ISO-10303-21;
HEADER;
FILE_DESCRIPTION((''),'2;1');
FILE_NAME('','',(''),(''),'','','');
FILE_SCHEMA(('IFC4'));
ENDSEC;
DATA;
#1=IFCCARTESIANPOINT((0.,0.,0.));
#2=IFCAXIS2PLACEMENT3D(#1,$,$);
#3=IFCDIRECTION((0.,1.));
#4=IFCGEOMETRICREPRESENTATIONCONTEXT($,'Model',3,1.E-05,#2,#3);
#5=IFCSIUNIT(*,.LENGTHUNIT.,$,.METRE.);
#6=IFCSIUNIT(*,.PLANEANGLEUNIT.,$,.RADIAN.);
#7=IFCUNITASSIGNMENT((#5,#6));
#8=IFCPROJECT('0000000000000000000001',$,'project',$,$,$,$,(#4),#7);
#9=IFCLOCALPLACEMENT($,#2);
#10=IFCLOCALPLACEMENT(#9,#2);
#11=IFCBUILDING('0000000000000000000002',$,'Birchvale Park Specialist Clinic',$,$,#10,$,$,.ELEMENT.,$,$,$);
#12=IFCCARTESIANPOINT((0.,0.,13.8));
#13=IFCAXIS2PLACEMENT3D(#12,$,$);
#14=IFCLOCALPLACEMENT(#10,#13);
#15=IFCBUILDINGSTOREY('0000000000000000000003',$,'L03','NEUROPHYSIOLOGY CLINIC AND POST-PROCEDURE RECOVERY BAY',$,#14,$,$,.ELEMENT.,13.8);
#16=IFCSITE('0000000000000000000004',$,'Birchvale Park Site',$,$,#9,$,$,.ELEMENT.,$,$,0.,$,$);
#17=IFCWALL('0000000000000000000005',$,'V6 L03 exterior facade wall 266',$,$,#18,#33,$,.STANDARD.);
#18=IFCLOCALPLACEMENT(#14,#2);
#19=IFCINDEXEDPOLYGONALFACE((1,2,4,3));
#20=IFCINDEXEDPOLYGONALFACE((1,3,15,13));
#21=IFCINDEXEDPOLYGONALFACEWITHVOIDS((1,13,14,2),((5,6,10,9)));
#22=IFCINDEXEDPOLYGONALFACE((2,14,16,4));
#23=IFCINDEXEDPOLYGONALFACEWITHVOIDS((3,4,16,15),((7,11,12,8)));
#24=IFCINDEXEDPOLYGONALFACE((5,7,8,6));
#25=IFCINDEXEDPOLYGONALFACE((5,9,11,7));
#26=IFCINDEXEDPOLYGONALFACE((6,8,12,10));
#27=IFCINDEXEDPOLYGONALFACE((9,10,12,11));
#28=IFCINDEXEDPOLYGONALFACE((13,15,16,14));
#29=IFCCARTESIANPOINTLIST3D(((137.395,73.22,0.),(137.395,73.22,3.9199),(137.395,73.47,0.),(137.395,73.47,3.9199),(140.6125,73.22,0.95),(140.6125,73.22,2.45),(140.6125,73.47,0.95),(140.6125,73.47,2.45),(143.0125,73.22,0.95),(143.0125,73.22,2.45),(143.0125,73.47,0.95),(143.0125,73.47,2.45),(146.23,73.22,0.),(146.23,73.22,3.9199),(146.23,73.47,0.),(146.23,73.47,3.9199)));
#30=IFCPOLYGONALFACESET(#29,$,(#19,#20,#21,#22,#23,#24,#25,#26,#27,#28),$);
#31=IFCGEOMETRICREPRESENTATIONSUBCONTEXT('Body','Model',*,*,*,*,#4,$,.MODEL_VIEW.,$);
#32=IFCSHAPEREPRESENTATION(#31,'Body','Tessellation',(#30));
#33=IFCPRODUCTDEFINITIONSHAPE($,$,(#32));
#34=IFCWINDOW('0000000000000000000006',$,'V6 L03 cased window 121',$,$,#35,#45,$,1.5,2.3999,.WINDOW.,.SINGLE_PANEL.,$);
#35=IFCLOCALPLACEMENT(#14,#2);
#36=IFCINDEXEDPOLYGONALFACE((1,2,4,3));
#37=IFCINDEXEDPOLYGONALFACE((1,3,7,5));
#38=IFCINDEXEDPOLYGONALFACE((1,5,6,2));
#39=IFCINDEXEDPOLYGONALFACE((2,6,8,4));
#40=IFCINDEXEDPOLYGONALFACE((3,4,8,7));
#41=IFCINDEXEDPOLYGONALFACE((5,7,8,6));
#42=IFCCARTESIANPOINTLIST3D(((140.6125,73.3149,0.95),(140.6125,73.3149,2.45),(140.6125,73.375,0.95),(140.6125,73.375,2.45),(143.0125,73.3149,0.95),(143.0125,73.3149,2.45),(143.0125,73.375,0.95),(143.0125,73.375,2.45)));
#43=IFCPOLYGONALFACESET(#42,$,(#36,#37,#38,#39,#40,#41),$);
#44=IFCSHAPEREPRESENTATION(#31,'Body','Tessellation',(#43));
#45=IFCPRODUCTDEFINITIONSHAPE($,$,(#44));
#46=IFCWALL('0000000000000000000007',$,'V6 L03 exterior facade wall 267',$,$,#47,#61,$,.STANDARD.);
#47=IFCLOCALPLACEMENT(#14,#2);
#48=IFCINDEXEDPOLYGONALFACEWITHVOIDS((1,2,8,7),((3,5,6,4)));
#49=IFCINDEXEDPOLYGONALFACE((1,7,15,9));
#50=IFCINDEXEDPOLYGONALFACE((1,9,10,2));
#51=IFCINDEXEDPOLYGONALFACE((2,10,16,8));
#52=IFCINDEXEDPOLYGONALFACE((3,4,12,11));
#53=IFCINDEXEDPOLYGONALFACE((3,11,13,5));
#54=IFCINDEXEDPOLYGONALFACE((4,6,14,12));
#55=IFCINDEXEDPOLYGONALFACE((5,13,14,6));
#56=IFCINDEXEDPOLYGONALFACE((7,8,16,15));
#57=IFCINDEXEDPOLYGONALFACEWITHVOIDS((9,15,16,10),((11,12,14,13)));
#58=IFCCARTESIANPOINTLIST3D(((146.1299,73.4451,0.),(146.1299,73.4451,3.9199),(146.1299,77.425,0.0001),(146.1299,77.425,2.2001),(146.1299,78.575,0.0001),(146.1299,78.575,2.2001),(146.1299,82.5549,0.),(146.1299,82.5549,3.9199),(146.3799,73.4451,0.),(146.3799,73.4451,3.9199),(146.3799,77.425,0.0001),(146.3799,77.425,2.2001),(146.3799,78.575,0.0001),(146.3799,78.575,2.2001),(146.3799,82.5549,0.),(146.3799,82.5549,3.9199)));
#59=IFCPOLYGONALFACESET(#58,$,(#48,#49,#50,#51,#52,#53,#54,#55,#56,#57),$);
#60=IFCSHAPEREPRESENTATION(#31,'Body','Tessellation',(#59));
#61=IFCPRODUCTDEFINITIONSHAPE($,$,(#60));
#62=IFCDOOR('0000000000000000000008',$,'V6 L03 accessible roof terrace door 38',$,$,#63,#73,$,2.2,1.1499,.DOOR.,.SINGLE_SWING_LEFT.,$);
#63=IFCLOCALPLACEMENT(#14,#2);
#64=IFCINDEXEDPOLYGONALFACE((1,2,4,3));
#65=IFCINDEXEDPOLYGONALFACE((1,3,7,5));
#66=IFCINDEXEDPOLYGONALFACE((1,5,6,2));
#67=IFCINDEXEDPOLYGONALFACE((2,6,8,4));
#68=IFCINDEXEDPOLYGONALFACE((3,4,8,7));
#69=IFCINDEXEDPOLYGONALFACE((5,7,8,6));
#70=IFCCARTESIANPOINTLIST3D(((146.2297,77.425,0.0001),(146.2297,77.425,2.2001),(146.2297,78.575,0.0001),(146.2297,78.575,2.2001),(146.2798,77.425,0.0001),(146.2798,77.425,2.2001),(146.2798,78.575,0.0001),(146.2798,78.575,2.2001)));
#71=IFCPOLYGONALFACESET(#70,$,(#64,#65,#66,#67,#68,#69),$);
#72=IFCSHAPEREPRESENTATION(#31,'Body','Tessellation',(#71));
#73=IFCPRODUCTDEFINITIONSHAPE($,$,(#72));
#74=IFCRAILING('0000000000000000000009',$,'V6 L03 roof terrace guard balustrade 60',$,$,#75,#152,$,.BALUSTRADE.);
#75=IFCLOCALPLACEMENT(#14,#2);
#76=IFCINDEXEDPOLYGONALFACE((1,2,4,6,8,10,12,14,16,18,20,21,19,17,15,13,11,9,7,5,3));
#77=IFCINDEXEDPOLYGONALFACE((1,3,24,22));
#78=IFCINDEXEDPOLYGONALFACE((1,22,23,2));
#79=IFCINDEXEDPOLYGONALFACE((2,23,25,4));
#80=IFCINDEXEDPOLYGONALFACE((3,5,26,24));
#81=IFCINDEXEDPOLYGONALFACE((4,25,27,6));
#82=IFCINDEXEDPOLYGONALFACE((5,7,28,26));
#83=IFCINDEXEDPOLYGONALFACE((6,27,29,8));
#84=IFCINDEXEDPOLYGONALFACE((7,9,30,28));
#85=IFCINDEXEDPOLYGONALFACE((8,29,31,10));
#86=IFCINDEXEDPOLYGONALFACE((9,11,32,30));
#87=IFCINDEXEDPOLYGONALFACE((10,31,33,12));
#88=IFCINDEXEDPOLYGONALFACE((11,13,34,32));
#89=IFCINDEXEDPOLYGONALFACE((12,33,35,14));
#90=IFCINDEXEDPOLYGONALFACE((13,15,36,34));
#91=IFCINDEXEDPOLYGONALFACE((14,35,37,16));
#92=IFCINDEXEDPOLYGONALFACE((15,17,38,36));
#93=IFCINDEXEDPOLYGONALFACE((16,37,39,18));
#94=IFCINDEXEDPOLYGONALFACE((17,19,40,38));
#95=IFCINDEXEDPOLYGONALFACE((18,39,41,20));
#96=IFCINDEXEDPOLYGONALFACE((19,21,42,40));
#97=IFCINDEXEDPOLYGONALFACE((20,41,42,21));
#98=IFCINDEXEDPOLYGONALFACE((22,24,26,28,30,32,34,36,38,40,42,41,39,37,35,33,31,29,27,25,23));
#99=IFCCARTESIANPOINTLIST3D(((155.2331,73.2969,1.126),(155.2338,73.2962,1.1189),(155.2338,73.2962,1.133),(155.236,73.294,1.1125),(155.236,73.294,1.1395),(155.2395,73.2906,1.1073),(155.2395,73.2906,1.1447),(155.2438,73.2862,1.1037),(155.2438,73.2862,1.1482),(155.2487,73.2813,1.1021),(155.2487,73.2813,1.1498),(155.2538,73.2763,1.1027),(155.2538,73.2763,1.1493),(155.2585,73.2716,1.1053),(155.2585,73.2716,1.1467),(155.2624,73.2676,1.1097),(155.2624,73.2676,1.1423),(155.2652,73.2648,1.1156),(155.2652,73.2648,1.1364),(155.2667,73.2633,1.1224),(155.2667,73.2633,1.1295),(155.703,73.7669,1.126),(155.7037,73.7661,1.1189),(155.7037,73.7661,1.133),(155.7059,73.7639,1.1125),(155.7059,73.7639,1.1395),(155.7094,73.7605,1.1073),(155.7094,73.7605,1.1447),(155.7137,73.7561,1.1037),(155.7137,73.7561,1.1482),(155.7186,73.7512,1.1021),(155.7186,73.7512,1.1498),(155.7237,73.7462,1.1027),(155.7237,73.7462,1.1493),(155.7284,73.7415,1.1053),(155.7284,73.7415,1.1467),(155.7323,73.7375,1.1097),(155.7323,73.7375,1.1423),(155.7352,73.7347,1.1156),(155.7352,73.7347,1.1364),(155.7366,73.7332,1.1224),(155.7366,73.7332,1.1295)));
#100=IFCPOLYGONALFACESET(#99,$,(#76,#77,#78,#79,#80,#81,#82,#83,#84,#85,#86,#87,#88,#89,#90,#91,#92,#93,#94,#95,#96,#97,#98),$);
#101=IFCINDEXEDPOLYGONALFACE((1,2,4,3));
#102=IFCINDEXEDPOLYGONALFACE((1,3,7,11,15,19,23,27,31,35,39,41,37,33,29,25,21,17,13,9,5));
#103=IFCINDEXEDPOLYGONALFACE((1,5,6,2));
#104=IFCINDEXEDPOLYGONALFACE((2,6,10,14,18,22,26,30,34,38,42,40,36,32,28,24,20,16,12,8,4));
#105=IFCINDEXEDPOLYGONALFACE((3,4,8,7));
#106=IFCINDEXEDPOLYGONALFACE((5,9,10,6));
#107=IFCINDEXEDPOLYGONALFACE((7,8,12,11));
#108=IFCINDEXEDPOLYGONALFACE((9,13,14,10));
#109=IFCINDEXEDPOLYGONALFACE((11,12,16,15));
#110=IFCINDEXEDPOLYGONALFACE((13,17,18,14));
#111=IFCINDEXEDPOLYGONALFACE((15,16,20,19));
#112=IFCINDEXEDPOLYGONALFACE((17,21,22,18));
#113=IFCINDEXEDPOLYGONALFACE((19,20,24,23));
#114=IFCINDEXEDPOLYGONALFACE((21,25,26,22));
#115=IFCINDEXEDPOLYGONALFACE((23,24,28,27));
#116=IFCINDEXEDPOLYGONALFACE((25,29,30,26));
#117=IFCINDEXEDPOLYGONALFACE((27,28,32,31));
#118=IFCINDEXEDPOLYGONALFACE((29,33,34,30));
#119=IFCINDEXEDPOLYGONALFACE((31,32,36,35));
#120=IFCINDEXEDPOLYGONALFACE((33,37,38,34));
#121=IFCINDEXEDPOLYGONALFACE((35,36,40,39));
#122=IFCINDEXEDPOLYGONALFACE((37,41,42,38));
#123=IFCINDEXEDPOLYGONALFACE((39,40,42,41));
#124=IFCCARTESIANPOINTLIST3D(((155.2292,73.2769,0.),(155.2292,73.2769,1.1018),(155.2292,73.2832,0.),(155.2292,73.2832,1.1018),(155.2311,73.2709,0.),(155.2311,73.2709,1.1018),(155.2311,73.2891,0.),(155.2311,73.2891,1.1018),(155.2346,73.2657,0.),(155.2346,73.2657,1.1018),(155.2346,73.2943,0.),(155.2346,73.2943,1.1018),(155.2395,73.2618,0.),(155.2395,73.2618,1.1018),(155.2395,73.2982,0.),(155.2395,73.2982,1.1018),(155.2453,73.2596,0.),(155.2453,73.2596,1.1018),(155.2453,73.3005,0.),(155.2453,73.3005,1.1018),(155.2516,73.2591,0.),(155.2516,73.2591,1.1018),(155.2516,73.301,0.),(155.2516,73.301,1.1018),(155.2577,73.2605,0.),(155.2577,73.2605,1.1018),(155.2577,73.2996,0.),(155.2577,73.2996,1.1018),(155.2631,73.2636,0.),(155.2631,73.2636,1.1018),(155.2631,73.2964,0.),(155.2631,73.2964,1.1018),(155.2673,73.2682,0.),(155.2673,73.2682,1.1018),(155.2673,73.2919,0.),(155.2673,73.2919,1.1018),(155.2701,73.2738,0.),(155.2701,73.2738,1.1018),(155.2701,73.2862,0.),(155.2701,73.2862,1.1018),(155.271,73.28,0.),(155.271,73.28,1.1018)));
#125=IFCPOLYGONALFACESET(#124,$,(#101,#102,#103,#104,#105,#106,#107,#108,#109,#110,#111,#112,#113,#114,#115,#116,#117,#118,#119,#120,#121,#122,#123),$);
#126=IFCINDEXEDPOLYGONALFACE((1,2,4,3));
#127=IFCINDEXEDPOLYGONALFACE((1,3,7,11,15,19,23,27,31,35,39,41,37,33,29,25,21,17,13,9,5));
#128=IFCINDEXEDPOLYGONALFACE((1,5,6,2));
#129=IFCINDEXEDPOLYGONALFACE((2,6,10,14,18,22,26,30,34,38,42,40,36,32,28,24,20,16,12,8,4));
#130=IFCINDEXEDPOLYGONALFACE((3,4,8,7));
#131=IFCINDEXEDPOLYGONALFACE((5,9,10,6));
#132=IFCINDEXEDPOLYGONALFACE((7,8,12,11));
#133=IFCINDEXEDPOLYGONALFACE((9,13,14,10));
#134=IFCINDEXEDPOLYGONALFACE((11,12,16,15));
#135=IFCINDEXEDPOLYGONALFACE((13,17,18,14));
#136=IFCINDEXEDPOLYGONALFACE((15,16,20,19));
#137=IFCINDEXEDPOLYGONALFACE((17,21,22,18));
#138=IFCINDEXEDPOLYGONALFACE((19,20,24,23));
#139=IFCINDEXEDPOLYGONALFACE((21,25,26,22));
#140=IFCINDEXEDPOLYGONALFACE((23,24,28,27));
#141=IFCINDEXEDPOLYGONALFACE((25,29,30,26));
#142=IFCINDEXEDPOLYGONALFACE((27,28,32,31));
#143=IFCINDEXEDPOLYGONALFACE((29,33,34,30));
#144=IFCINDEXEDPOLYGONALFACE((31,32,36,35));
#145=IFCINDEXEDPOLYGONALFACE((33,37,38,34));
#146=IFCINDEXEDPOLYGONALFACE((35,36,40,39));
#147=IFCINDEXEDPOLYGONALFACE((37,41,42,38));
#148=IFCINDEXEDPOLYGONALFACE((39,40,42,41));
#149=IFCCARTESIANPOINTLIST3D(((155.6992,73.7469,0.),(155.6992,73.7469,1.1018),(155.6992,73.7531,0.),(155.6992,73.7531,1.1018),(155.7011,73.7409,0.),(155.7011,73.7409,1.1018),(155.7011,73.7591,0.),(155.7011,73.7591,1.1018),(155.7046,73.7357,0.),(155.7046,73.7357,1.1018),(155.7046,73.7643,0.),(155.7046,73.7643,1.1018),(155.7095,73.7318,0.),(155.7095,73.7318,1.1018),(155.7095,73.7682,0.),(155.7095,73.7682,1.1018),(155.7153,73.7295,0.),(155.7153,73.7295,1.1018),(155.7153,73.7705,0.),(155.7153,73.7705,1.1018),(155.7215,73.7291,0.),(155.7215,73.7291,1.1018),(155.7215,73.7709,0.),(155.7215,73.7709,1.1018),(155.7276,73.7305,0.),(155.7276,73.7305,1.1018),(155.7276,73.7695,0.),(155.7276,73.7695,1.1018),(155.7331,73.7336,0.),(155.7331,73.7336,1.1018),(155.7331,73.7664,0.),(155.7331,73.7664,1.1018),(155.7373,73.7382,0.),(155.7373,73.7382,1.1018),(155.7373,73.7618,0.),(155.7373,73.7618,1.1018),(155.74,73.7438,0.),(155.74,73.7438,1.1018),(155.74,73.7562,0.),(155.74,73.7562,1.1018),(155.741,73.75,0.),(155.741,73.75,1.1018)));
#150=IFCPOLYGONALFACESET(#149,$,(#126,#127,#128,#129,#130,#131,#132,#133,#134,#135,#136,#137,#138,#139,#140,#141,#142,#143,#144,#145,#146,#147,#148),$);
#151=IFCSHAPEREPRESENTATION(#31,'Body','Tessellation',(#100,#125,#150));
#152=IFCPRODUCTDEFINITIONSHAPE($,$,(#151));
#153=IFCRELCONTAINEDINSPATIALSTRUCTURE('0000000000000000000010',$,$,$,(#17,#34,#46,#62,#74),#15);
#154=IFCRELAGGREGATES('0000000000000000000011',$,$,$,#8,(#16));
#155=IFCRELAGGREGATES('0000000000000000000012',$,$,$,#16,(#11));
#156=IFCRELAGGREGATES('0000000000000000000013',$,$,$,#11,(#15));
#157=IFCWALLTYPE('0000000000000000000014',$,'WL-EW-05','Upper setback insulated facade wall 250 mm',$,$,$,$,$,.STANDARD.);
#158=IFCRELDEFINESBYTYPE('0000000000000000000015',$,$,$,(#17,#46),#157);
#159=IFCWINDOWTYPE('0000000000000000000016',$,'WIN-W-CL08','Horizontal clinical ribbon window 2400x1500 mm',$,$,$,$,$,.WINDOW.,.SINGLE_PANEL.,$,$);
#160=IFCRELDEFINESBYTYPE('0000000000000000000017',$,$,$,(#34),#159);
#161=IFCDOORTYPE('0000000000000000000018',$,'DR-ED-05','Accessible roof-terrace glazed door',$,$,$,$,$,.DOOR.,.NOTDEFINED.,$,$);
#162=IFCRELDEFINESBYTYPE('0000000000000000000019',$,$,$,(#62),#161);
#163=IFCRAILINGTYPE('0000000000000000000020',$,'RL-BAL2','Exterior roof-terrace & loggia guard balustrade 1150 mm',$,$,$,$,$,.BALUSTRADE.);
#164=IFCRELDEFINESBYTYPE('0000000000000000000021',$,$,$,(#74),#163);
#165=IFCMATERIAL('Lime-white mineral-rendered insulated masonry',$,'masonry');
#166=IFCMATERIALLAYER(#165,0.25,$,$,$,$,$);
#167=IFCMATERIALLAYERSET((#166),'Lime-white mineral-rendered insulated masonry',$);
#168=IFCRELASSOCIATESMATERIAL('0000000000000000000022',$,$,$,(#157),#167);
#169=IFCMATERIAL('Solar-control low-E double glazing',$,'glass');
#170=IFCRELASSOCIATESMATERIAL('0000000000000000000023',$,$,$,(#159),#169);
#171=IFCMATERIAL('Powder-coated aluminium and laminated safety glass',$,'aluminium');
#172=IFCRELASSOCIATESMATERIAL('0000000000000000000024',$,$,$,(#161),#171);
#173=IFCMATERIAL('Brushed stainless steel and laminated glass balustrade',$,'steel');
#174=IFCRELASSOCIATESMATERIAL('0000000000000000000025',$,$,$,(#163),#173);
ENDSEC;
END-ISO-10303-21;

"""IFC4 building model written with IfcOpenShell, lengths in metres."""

from ifc_helpers import new_model, si_unit, direction, frame, frame_2d, origin, origin_2d, place, context, subcontext, project, spatial, rectangle, circle, extrude, material, layer, layer_set, type_object, element, fill, save


model = new_model("IFC4")

# Units and contexts
model_context = context("Model", 3, precision=1e-05, world=origin(), true_north=direction((0.0, 1.0)))
body_context = subcontext(model_context, "Body", "Model", "MODEL_VIEW")
ifc_project = project(units=[si_unit("LENGTHUNIT", "METRE"), si_unit("PLANEANGLEUNIT", "RADIAN")], contexts=[model_context])

# Site, building, storey
site_placement = place(None, origin())
site = spatial("IfcSite", under=ifc_project, at=site_placement, Name="Birchvale Park Site", CompositionType="ELEMENT", RefElevation=0.0)
building_placement = place(site_placement, origin())
building = spatial("IfcBuilding", under=site, at=building_placement, Name="Birchvale Park Specialist Clinic", CompositionType="ELEMENT")
storey_placement = place(building_placement, frame((0.0, 0.0, 13.8)))
storey = spatial("IfcBuildingStorey", under=building, at=storey_placement, Name="L03", Description="NEUROPHYSIOLOGY CLINIC AND POST-PROCEDURE RECOVERY BAY", CompositionType="ELEMENT", Elevation=13.8)

# Shared definitions
ifc_material_1 = material(Name="Lime-white mineral-rendered insulated masonry", Category="masonry")
ifc_layer_1 = layer(ifc_material_1, 0.25)
ifc_layer_set_1 = layer_set([ifc_layer_1], Name="Lime-white mineral-rendered insulated masonry")
wall_type = type_object("IfcWallType", Name="WL-EW-05", Description="Upper setback insulated facade wall 250 mm", PredefinedType="STANDARD", material=ifc_layer_set_1)
ifc_material_2 = material(Name="Solar-control low-E double glazing", Category="glass")

# Wall, opening, window
wall_1_placement = place(storey_placement, frame((137.395, 73.345, 0.0), z_axis=(0.0, 0.0, 1.0), x_axis=(1.0, 0.0, 0.0)))
wall_1 = element("IfcWall", 1, at=wall_1_placement, inside=storey, type_object=wall_type, Name="V6 L03 exterior facade wall 266", PredefinedType="STANDARD", context=body_context, shape_type="SweptSolid", body=[
    extrude(rectangle(XDim=8.835, YDim=0.25, at=frame_2d((4.4175, 0.0))), origin(), (0.0, 0.0, 1.0), 3.9199),
])
opening_1_placement = place(wall_1_placement, frame((3.2175, 0.0, 0.95)))
opening_1 = element("IfcOpeningElement", 2, at=opening_1_placement, cuts=wall_1, PredefinedType="OPENING", context=body_context, shape_type="SweptSolid", body=[
    extrude(rectangle(XDim=2.3999, YDim=1.5, at=frame_2d((1.2, 0.75))), frame((0.0, 0.135, 0.0), z_axis=(0.0, -1.0, 0.0), x_axis=(1.0, 0.0, 0.0)), (0.0, 0.0, 1.0), 0.27),
])
window_type_1 = type_object("IfcWindowType", Name="WIN-W-CL08", Description="Horizontal clinical ribbon window 2400x1500 mm", PartitioningType="SINGLE_PANEL", PredefinedType="WINDOW", material=ifc_material_2)
window_1_placement = place(opening_1_placement, origin())
window_1 = element("IfcWindow", 3, at=window_1_placement, inside=storey, type_object=window_type_1, Name="V6 L03 cased window 121", OverallHeight=1.5, OverallWidth=2.3999, PartitioningType="SINGLE_PANEL", PredefinedType="WINDOW", context=body_context, shape_type="SweptSolid", body=[
    extrude(rectangle(XDim=2.3999, YDim=1.5, at=frame_2d((1.2, 0.75))), frame((0.0, 0.03, 0.0), z_axis=(0.0, -1.0, 0.0), x_axis=(1.0, 0.0, 0.0)), (0.0, 0.0, 1.0), 0.0601),
])
fill(opening_1, window_1)

# Wall, opening, door
wall_2_placement = place(storey_placement, frame((146.2549, 73.4451, 0.0), z_axis=(0.0, 0.0, 1.0), x_axis=(0.0, 1.0, 0.0)))
wall_2 = element("IfcWall", 4, at=wall_2_placement, inside=storey, type_object=wall_type, Name="V6 L03 exterior facade wall 267", PredefinedType="STANDARD", context=body_context, shape_type="SweptSolid", body=[
    extrude(rectangle(XDim=9.1099, YDim=0.25, at=frame_2d((4.5549, 0.0))), origin(), (0.0, 0.0, 1.0), 3.9199),
])
opening_2_placement = place(wall_2_placement, frame((3.98, 0.0, 0.0)))
opening_2 = element("IfcOpeningElement", 5, at=opening_2_placement, cuts=wall_2, PredefinedType="OPENING", context=body_context, shape_type="SweptSolid", body=[
    extrude(rectangle(XDim=1.1499, YDim=2.2, at=frame_2d((0.575, 1.1001))), frame((0.0, 0.135, 0.0), z_axis=(0.0, -1.0, 0.0), x_axis=(1.0, 0.0, 0.0)), (0.0, 0.0, 1.0), 0.27),
])
ifc_material_3 = material(Name="Powder-coated aluminium and laminated safety glass", Category="aluminium")
door_type = type_object("IfcDoorType", Name="DR-ED-05", Description="Accessible roof-terrace glazed door", OperationType="NOTDEFINED", PredefinedType="DOOR", material=ifc_material_3)
door_placement = place(opening_2_placement, frame((1.1499, 0.0, 0.0), z_axis=(0.0, 0.0, 1.0), x_axis=(-1.0, 0.0, 0.0)))
door = element("IfcDoor", 6, at=door_placement, inside=storey, type_object=door_type, Name="V6 L03 accessible roof terrace door 38", OperationType="SINGLE_SWING_LEFT", OverallHeight=2.2, OverallWidth=1.1499, PredefinedType="DOOR", context=body_context, shape_type="SweptSolid", body=[
    extrude(rectangle(XDim=1.1499, YDim=2.2, at=frame_2d((0.575, 1.1001))), frame((0.0, 0.0249, 0.0), z_axis=(0.0, -1.0, 0.0), x_axis=(1.0, 0.0, 0.0)), (0.0, 0.0, 1.0), 0.05),
])
fill(opening_2, door)

# Railing
ifc_material_4 = material(Name="Brushed stainless steel and laminated glass balustrade", Category="steel")
railing_type = type_object("IfcRailingType", Name="RL-BAL2", Description="Exterior roof-terrace & loggia guard balustrade 1150 mm", PredefinedType="BALUSTRADE", material=ifc_material_4)
railing_1_placement = place(storey_placement, frame((155.25, 73.28, 0.0)))
element("IfcRailing", 7, at=railing_1_placement, inside=storey, type_object=railing_type, Name="V6 L03 roof terrace guard balustrade 60", PredefinedType="BALUSTRADE", context=body_context, shape_type="SweptSolid", body=[
    extrude(circle(Radius=0.0239, at=origin_2d()), frame((0.0, 0.0, 1.126), z_axis=(0.707107, 0.707107, 0.0), x_axis=(-0.707107, 0.707107, 0.0)), (0.0, 0.0, 1.0), 0.6646),
    extrude(circle(Radius=0.021, at=origin_2d()), origin(), (0.0, 0.0, 1.0), 1.1018),
    extrude(circle(Radius=0.021, at=origin_2d()), frame((0.47, 0.47, 0.0)), (0.0, 0.0, 1.0), 1.1018),
])

save(model, "model.ifc")
